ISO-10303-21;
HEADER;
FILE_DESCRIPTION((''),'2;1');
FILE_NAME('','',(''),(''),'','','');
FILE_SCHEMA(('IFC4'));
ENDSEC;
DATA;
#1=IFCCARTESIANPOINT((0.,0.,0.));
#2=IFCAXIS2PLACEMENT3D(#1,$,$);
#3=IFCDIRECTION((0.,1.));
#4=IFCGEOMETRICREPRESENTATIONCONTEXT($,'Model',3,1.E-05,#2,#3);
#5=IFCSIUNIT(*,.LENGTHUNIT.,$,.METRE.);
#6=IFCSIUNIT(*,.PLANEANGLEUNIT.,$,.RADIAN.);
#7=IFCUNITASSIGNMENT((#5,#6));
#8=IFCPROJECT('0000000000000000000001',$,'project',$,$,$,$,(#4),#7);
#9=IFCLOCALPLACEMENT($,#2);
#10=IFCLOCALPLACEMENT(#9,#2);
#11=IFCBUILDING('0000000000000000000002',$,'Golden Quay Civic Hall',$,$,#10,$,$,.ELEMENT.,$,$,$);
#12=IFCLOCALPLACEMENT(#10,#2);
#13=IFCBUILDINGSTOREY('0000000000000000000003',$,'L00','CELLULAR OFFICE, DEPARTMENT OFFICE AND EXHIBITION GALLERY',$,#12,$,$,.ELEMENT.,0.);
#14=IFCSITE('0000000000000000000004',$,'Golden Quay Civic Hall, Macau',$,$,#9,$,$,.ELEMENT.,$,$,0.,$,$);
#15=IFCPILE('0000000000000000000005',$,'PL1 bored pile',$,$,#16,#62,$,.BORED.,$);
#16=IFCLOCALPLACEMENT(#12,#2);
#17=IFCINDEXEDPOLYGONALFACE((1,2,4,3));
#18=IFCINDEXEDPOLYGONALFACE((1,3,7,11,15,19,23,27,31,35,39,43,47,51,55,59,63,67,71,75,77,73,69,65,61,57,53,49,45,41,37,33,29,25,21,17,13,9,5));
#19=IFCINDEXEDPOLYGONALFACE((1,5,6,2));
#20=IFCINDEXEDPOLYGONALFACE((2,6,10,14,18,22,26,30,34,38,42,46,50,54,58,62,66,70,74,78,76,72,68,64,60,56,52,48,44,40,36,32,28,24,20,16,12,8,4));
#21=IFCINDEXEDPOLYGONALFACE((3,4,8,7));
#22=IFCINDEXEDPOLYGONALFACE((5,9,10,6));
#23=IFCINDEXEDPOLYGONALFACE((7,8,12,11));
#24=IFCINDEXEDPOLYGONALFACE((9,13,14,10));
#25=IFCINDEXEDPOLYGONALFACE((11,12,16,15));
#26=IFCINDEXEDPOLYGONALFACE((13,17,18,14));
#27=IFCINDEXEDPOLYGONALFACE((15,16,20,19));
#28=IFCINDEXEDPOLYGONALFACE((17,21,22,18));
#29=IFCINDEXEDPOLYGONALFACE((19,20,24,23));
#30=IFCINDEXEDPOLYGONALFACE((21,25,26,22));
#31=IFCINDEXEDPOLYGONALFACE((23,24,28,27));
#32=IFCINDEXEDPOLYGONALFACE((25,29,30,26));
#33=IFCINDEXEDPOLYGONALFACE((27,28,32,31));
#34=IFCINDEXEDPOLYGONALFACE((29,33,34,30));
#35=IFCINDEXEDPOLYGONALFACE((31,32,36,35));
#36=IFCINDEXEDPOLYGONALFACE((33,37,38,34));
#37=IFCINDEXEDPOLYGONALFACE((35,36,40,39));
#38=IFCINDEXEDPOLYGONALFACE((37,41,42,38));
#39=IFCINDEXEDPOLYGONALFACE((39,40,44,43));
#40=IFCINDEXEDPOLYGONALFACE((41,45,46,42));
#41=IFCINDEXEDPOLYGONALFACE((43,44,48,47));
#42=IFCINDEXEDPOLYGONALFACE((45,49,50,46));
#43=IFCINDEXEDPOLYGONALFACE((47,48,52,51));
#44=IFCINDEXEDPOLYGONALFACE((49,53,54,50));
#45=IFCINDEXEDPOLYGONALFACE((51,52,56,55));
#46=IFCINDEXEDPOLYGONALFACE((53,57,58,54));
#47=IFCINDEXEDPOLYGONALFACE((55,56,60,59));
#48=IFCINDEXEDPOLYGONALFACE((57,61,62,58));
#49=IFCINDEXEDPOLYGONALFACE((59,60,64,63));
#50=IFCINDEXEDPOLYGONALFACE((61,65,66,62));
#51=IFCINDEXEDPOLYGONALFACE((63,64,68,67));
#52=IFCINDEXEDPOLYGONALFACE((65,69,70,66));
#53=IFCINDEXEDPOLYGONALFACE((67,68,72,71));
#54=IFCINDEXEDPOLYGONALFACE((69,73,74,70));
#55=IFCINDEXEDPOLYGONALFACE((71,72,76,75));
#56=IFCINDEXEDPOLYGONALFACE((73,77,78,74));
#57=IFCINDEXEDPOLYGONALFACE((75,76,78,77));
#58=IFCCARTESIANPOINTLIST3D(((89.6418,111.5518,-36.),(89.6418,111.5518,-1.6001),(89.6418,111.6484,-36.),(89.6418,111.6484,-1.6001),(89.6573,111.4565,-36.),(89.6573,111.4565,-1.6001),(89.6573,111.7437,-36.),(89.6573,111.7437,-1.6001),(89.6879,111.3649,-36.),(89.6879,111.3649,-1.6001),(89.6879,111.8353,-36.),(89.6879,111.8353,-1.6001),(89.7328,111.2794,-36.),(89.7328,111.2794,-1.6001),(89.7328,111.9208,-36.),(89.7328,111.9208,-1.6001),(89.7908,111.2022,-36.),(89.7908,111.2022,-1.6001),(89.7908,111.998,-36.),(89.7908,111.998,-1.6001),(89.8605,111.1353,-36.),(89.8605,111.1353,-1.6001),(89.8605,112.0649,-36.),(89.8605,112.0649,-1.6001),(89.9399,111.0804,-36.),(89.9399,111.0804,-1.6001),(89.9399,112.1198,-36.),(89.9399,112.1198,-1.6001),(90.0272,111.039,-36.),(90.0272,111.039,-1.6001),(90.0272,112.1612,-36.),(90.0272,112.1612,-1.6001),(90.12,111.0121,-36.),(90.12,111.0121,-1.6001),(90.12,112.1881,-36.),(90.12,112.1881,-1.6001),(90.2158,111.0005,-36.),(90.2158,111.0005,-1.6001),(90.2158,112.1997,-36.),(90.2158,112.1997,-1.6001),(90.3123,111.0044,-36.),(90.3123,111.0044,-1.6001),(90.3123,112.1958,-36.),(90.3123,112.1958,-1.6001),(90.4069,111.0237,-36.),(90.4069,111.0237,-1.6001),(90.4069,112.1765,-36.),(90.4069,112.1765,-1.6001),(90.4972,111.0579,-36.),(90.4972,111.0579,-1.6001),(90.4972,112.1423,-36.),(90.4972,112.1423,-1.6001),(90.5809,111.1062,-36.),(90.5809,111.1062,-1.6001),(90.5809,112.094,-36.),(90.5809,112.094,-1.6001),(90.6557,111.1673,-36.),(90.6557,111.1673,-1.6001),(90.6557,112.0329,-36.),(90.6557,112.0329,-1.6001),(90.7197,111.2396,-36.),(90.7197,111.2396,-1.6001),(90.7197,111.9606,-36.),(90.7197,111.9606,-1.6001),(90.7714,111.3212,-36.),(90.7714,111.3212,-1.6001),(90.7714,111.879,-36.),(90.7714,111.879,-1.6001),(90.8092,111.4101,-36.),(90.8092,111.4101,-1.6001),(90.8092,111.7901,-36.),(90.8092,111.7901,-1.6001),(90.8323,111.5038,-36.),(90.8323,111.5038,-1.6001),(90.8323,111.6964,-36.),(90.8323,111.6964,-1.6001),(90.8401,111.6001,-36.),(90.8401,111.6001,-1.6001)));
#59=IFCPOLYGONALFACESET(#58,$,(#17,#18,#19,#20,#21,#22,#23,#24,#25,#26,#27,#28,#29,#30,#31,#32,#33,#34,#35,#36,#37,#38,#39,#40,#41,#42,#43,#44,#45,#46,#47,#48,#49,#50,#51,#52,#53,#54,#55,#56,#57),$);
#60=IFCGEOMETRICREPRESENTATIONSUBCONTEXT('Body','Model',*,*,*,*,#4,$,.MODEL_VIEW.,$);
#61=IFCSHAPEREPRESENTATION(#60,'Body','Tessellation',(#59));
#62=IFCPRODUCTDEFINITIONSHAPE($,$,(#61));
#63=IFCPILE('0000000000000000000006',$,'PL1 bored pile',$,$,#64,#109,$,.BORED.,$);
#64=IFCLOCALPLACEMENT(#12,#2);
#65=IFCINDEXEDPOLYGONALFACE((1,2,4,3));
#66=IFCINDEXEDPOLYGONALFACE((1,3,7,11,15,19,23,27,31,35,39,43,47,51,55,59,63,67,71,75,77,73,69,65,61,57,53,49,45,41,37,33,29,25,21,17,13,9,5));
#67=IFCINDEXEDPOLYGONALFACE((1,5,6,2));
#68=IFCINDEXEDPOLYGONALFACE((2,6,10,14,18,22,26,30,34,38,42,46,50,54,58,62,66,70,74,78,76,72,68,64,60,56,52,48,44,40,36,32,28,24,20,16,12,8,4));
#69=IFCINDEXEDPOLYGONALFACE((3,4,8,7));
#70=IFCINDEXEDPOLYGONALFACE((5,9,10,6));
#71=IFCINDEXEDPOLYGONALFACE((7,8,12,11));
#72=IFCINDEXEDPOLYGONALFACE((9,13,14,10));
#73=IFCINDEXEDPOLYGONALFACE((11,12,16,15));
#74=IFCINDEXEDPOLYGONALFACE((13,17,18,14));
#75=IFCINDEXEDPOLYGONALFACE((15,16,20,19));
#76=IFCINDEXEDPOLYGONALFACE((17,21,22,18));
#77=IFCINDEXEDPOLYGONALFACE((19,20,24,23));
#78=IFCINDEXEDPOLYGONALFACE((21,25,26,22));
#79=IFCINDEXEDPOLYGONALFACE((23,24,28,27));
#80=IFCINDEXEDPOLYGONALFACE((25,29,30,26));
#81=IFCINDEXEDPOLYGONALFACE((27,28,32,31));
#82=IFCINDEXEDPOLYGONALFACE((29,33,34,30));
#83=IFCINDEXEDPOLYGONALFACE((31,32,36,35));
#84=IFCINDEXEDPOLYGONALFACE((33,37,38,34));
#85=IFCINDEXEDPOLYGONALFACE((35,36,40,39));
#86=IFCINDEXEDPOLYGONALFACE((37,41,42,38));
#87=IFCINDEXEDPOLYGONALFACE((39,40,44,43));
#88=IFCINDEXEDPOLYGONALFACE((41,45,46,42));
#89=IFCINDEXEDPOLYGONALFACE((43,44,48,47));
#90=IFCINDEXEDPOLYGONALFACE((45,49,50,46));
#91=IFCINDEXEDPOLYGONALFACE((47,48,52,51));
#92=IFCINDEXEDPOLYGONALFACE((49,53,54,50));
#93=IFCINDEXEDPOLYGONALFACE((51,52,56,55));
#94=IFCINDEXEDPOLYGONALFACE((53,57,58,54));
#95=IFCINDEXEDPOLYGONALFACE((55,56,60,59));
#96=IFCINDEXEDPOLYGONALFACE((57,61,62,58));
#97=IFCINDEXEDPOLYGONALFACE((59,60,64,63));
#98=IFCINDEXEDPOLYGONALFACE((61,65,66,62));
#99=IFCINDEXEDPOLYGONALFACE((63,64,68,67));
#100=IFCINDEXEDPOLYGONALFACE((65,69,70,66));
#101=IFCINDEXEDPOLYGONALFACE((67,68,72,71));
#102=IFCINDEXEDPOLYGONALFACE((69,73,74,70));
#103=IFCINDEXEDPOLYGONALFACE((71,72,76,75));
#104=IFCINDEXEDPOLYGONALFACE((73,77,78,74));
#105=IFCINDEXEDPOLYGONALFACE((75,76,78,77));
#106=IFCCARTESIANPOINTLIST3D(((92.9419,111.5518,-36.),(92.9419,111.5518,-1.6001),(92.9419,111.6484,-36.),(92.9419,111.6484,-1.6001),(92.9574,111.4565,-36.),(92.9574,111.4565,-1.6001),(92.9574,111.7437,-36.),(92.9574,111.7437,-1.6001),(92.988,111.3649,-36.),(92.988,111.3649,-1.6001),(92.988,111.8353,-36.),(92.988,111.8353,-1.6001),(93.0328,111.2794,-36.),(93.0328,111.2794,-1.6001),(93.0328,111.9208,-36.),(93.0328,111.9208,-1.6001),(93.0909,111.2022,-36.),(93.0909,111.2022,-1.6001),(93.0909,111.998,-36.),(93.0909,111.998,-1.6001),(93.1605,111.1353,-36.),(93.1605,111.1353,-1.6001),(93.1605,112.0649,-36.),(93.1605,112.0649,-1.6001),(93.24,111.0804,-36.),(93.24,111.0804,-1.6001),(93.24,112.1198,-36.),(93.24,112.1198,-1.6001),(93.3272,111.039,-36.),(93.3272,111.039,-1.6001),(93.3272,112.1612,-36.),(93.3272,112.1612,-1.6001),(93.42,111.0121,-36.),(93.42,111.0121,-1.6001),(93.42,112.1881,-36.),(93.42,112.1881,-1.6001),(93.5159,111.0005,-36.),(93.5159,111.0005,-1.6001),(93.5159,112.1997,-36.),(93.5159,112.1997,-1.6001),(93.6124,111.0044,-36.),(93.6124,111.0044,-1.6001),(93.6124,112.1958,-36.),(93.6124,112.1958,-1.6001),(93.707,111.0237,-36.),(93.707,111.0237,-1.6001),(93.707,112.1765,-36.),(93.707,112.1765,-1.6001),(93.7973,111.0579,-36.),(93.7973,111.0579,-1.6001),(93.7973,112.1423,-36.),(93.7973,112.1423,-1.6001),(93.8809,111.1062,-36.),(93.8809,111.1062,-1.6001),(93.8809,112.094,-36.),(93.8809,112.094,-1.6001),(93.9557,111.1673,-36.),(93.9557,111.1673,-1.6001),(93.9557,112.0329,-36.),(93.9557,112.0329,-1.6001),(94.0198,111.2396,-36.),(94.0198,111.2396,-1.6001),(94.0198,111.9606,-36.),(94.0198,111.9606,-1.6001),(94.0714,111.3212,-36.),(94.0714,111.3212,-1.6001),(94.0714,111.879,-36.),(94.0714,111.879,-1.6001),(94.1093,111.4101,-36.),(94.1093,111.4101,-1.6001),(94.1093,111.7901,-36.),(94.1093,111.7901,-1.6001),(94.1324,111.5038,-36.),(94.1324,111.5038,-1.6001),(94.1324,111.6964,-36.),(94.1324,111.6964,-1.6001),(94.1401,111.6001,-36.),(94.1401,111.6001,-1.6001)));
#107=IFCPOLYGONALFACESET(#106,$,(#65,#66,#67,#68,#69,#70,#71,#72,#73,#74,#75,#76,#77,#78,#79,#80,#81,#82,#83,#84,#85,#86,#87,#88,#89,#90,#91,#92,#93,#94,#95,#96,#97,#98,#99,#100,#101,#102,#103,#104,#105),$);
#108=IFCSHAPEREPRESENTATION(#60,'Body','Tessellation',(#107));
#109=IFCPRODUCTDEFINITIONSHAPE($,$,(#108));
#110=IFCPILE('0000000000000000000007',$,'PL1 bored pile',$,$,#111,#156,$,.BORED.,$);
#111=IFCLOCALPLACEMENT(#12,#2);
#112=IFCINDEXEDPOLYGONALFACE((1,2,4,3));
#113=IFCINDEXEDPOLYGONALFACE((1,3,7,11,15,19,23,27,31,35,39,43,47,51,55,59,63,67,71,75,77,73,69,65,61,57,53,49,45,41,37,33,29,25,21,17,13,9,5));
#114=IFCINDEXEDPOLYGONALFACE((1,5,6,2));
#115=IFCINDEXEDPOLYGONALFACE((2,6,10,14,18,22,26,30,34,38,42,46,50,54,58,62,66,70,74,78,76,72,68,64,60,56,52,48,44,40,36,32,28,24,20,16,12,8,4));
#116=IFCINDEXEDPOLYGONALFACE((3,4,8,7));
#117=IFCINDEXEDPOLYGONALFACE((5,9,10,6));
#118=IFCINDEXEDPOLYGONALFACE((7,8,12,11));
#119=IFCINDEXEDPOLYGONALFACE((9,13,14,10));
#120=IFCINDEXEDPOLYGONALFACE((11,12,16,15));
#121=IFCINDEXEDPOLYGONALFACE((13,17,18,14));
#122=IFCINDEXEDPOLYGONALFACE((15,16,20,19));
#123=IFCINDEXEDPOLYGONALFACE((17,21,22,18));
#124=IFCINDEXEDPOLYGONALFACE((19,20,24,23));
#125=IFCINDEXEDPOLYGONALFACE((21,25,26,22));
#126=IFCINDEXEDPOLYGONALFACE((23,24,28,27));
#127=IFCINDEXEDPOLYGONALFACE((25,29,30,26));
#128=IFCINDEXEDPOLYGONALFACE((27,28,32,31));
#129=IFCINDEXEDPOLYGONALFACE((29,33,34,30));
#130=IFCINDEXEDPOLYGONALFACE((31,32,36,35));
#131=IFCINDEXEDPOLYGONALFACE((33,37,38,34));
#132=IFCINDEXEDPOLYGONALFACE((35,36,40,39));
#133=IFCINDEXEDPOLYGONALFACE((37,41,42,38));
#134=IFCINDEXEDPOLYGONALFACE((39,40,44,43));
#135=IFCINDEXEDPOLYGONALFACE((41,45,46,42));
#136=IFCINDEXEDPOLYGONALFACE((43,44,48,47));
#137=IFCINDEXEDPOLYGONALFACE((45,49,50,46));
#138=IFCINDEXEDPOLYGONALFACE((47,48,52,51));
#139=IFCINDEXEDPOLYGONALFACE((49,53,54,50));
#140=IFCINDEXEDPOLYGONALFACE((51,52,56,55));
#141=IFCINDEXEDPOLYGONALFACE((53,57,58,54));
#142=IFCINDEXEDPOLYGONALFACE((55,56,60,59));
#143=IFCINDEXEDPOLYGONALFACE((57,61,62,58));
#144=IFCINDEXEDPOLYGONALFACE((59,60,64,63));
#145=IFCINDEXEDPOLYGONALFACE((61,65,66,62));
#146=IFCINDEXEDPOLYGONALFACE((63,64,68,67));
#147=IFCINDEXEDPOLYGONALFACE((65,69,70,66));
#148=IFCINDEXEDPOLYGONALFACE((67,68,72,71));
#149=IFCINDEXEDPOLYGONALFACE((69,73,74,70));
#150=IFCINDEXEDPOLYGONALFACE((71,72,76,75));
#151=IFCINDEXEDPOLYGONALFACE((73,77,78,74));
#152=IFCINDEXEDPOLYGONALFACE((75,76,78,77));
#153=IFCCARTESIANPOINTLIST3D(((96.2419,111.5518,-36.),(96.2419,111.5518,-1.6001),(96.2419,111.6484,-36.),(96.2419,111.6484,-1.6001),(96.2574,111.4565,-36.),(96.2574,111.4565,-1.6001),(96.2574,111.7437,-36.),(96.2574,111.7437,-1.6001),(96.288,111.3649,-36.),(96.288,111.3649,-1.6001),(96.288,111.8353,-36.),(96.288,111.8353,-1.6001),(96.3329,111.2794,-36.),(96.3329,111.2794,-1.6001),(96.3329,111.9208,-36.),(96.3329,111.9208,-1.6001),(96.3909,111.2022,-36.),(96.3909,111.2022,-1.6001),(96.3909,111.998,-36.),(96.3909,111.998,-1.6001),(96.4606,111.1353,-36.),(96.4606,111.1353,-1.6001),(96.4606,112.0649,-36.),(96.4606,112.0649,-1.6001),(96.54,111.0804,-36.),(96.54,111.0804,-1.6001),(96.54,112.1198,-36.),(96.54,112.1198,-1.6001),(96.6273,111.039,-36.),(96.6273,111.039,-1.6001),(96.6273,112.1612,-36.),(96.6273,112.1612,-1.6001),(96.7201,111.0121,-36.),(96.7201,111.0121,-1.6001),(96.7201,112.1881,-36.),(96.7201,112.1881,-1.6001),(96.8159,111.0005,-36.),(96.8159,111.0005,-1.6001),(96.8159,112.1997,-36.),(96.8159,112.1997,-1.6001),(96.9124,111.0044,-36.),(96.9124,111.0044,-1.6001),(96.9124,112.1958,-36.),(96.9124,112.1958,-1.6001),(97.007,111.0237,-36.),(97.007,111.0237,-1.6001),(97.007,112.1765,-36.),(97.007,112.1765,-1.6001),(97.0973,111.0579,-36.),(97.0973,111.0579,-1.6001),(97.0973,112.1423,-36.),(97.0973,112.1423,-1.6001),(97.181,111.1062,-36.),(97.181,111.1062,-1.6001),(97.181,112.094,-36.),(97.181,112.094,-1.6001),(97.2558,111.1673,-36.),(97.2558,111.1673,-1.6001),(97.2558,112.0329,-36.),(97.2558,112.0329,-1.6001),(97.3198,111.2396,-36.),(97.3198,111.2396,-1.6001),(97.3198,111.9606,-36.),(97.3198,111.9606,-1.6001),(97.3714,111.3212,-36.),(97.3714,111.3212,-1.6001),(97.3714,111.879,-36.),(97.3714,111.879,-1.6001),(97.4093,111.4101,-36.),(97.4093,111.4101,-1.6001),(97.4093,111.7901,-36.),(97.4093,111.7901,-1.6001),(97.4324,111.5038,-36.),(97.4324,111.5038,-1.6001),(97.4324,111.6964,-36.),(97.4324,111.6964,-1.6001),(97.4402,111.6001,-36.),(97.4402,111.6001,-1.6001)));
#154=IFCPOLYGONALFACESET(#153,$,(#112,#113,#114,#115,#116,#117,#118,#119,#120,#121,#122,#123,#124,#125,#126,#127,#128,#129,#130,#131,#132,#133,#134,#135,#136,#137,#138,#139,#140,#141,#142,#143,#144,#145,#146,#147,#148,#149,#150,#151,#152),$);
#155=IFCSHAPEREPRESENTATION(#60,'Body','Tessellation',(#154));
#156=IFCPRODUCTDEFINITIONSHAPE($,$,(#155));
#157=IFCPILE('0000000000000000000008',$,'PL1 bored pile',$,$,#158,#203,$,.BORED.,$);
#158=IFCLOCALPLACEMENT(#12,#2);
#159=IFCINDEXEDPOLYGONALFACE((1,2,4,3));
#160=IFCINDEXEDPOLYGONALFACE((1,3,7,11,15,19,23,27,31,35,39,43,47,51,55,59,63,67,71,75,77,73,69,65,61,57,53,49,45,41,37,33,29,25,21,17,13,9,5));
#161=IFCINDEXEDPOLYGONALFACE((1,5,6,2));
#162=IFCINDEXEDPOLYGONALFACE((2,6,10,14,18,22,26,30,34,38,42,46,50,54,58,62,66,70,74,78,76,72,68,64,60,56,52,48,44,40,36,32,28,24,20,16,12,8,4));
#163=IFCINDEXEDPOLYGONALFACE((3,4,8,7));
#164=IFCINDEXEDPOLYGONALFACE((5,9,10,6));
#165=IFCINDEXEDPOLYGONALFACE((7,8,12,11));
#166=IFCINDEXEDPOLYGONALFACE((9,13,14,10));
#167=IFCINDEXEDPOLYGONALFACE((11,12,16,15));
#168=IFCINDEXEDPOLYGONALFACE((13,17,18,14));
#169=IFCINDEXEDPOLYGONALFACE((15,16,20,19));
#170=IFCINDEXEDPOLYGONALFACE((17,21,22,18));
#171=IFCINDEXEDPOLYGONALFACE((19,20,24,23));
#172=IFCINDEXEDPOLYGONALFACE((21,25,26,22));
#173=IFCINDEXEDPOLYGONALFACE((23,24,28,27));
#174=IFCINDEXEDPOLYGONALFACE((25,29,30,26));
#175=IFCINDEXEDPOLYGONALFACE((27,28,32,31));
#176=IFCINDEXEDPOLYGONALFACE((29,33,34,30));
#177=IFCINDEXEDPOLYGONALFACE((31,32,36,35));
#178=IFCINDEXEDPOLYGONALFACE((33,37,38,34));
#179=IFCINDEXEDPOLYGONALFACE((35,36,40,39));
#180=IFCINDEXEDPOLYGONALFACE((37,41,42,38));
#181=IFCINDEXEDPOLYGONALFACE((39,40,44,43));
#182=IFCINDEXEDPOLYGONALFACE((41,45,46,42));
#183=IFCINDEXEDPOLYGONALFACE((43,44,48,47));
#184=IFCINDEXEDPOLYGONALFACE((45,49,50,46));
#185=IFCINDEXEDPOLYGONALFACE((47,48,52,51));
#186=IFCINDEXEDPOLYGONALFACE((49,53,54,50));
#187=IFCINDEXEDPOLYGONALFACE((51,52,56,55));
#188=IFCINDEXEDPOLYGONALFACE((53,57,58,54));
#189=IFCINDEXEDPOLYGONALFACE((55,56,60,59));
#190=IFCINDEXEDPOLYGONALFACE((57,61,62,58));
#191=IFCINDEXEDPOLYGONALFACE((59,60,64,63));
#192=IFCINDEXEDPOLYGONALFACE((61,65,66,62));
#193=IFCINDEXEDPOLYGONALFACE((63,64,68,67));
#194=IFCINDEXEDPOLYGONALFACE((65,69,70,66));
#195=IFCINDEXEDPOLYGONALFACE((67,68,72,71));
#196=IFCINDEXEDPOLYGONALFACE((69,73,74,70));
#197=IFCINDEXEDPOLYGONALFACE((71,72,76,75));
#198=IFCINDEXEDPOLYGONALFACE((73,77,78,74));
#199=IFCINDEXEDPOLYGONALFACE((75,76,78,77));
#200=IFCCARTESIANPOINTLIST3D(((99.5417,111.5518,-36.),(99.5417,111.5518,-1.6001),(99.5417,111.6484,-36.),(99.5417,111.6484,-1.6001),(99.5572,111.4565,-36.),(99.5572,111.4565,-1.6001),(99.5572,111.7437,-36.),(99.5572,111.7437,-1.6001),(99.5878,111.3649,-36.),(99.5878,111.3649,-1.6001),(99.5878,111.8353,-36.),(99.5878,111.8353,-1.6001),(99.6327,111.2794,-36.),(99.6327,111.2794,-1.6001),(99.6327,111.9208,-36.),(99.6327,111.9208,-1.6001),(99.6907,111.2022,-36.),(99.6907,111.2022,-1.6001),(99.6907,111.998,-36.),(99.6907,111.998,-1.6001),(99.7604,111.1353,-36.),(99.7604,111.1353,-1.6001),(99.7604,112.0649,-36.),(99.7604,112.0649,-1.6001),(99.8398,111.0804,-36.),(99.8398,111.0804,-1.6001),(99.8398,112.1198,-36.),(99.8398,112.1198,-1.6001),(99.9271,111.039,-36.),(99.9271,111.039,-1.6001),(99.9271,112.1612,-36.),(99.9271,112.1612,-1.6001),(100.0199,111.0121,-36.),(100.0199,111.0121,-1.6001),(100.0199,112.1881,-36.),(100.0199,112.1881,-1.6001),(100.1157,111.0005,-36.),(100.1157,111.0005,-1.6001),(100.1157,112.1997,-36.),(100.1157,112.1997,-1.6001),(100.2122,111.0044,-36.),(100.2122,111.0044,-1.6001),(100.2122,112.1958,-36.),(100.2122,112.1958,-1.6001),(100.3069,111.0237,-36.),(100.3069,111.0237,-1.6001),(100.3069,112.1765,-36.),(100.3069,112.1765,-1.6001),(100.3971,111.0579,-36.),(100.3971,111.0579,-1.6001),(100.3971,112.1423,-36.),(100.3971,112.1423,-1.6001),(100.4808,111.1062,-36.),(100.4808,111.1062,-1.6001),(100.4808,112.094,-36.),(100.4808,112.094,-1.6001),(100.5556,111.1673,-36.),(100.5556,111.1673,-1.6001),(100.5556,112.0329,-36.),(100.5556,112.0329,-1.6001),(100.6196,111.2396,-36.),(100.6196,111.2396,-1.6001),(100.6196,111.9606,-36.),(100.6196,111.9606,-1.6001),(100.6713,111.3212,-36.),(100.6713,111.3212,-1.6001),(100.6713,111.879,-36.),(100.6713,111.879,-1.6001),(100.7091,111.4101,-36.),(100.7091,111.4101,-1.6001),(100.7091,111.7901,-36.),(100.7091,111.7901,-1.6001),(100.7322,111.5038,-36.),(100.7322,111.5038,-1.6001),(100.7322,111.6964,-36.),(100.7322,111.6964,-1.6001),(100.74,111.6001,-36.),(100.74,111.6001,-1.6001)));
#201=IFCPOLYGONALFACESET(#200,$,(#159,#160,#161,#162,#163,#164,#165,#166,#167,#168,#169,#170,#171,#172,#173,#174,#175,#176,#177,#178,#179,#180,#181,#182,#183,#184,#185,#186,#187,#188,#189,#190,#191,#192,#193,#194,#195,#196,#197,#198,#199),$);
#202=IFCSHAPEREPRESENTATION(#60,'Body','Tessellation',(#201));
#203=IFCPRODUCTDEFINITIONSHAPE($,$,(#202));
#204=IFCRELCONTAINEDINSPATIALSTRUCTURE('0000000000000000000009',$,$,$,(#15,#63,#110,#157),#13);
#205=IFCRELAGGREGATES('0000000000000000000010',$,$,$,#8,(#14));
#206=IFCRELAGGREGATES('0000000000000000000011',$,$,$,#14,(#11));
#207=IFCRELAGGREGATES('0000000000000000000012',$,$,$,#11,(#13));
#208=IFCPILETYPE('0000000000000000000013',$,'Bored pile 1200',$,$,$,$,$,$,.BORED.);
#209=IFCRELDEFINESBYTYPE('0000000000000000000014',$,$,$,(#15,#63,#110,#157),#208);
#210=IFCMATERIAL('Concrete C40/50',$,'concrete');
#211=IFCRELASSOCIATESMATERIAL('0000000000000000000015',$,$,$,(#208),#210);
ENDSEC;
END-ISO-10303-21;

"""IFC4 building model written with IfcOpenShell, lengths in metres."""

from ifc_helpers import new_model, si_unit, direction, frame, origin, origin_2d, place, context, subcontext, project, spatial, circle, extrude, material, material_profile, profile_set, type_object, element, save


model = new_model("IFC4")

# Units and contexts
model_context = context("Model", 3, precision=1e-05, world=origin(), true_north=direction((0.0, 1.0)))
body_context = subcontext(model_context, "Body", "Model", "MODEL_VIEW")
ifc_project = project(units=[si_unit("LENGTHUNIT", "METRE"), si_unit("PLANEANGLEUNIT", "RADIAN")], contexts=[model_context])

# Site, building, storey
site_placement = place(None, origin())
site = spatial("IfcSite", under=ifc_project, at=site_placement, Name="Golden Quay Civic Hall, Macau", CompositionType="ELEMENT", RefElevation=0.0)
building_placement = place(site_placement, origin())
building = spatial("IfcBuilding", under=site, at=building_placement, Name="Golden Quay Civic Hall", CompositionType="ELEMENT")
storey_placement = place(building_placement, origin())
storey = spatial("IfcBuildingStorey", under=building, at=storey_placement, Name="L00", Description="CELLULAR OFFICE, DEPARTMENT OFFICE AND EXHIBITION GALLERY", CompositionType="ELEMENT", Elevation=0.0)

# Piles
ifc_material_1 = material(Name="Concrete C40/50", Category="concrete")
ifc_material_profile_1 = material_profile(ifc_material_1, circle(Radius=0.6001, at=origin_2d()), Name="RC D1200")
ifc_profile_set_1 = profile_set([ifc_material_profile_1], Name="Concrete C40/50")
pile_type_1 = type_object("IfcPileType", Name="Bored pile 1200", PredefinedType="BORED", material=ifc_profile_set_1)
for number, where, z_axis, x_axis, name in (
    (1, (90.24, 111.6001, -1.6001), (0.0, 0.0, -1.0), (1.0, 0.0, 0.0), "PL1 bored pile"),
    (2, (93.54, 111.6001, -1.6001), (0.0, 0.0, -1.0), (1.0, 0.0, 0.0), "PL1 bored pile"),
    (3, (96.8401, 111.6001, -1.6001), (0.0, 0.0, -1.0), (1.0, 0.0, 0.0), "PL1 bored pile"),
    (4, (100.1399, 111.6001, -1.6001), (0.0, 0.0, -1.0), (1.0, 0.0, 0.0), "PL1 bored pile"),
):
    element("IfcPile", number, at=place(storey_placement, frame(where, z_axis=z_axis, x_axis=x_axis)), inside=storey, type_object=pile_type_1, Name=name, PredefinedType="BORED", context=body_context, shape_type="SweptSolid", body=[
        extrude(circle(Radius=0.6001, at=origin_2d()), origin(), (0.0, 0.0, 1.0), 34.3999),
    ])

save(model, "model.ifc")
